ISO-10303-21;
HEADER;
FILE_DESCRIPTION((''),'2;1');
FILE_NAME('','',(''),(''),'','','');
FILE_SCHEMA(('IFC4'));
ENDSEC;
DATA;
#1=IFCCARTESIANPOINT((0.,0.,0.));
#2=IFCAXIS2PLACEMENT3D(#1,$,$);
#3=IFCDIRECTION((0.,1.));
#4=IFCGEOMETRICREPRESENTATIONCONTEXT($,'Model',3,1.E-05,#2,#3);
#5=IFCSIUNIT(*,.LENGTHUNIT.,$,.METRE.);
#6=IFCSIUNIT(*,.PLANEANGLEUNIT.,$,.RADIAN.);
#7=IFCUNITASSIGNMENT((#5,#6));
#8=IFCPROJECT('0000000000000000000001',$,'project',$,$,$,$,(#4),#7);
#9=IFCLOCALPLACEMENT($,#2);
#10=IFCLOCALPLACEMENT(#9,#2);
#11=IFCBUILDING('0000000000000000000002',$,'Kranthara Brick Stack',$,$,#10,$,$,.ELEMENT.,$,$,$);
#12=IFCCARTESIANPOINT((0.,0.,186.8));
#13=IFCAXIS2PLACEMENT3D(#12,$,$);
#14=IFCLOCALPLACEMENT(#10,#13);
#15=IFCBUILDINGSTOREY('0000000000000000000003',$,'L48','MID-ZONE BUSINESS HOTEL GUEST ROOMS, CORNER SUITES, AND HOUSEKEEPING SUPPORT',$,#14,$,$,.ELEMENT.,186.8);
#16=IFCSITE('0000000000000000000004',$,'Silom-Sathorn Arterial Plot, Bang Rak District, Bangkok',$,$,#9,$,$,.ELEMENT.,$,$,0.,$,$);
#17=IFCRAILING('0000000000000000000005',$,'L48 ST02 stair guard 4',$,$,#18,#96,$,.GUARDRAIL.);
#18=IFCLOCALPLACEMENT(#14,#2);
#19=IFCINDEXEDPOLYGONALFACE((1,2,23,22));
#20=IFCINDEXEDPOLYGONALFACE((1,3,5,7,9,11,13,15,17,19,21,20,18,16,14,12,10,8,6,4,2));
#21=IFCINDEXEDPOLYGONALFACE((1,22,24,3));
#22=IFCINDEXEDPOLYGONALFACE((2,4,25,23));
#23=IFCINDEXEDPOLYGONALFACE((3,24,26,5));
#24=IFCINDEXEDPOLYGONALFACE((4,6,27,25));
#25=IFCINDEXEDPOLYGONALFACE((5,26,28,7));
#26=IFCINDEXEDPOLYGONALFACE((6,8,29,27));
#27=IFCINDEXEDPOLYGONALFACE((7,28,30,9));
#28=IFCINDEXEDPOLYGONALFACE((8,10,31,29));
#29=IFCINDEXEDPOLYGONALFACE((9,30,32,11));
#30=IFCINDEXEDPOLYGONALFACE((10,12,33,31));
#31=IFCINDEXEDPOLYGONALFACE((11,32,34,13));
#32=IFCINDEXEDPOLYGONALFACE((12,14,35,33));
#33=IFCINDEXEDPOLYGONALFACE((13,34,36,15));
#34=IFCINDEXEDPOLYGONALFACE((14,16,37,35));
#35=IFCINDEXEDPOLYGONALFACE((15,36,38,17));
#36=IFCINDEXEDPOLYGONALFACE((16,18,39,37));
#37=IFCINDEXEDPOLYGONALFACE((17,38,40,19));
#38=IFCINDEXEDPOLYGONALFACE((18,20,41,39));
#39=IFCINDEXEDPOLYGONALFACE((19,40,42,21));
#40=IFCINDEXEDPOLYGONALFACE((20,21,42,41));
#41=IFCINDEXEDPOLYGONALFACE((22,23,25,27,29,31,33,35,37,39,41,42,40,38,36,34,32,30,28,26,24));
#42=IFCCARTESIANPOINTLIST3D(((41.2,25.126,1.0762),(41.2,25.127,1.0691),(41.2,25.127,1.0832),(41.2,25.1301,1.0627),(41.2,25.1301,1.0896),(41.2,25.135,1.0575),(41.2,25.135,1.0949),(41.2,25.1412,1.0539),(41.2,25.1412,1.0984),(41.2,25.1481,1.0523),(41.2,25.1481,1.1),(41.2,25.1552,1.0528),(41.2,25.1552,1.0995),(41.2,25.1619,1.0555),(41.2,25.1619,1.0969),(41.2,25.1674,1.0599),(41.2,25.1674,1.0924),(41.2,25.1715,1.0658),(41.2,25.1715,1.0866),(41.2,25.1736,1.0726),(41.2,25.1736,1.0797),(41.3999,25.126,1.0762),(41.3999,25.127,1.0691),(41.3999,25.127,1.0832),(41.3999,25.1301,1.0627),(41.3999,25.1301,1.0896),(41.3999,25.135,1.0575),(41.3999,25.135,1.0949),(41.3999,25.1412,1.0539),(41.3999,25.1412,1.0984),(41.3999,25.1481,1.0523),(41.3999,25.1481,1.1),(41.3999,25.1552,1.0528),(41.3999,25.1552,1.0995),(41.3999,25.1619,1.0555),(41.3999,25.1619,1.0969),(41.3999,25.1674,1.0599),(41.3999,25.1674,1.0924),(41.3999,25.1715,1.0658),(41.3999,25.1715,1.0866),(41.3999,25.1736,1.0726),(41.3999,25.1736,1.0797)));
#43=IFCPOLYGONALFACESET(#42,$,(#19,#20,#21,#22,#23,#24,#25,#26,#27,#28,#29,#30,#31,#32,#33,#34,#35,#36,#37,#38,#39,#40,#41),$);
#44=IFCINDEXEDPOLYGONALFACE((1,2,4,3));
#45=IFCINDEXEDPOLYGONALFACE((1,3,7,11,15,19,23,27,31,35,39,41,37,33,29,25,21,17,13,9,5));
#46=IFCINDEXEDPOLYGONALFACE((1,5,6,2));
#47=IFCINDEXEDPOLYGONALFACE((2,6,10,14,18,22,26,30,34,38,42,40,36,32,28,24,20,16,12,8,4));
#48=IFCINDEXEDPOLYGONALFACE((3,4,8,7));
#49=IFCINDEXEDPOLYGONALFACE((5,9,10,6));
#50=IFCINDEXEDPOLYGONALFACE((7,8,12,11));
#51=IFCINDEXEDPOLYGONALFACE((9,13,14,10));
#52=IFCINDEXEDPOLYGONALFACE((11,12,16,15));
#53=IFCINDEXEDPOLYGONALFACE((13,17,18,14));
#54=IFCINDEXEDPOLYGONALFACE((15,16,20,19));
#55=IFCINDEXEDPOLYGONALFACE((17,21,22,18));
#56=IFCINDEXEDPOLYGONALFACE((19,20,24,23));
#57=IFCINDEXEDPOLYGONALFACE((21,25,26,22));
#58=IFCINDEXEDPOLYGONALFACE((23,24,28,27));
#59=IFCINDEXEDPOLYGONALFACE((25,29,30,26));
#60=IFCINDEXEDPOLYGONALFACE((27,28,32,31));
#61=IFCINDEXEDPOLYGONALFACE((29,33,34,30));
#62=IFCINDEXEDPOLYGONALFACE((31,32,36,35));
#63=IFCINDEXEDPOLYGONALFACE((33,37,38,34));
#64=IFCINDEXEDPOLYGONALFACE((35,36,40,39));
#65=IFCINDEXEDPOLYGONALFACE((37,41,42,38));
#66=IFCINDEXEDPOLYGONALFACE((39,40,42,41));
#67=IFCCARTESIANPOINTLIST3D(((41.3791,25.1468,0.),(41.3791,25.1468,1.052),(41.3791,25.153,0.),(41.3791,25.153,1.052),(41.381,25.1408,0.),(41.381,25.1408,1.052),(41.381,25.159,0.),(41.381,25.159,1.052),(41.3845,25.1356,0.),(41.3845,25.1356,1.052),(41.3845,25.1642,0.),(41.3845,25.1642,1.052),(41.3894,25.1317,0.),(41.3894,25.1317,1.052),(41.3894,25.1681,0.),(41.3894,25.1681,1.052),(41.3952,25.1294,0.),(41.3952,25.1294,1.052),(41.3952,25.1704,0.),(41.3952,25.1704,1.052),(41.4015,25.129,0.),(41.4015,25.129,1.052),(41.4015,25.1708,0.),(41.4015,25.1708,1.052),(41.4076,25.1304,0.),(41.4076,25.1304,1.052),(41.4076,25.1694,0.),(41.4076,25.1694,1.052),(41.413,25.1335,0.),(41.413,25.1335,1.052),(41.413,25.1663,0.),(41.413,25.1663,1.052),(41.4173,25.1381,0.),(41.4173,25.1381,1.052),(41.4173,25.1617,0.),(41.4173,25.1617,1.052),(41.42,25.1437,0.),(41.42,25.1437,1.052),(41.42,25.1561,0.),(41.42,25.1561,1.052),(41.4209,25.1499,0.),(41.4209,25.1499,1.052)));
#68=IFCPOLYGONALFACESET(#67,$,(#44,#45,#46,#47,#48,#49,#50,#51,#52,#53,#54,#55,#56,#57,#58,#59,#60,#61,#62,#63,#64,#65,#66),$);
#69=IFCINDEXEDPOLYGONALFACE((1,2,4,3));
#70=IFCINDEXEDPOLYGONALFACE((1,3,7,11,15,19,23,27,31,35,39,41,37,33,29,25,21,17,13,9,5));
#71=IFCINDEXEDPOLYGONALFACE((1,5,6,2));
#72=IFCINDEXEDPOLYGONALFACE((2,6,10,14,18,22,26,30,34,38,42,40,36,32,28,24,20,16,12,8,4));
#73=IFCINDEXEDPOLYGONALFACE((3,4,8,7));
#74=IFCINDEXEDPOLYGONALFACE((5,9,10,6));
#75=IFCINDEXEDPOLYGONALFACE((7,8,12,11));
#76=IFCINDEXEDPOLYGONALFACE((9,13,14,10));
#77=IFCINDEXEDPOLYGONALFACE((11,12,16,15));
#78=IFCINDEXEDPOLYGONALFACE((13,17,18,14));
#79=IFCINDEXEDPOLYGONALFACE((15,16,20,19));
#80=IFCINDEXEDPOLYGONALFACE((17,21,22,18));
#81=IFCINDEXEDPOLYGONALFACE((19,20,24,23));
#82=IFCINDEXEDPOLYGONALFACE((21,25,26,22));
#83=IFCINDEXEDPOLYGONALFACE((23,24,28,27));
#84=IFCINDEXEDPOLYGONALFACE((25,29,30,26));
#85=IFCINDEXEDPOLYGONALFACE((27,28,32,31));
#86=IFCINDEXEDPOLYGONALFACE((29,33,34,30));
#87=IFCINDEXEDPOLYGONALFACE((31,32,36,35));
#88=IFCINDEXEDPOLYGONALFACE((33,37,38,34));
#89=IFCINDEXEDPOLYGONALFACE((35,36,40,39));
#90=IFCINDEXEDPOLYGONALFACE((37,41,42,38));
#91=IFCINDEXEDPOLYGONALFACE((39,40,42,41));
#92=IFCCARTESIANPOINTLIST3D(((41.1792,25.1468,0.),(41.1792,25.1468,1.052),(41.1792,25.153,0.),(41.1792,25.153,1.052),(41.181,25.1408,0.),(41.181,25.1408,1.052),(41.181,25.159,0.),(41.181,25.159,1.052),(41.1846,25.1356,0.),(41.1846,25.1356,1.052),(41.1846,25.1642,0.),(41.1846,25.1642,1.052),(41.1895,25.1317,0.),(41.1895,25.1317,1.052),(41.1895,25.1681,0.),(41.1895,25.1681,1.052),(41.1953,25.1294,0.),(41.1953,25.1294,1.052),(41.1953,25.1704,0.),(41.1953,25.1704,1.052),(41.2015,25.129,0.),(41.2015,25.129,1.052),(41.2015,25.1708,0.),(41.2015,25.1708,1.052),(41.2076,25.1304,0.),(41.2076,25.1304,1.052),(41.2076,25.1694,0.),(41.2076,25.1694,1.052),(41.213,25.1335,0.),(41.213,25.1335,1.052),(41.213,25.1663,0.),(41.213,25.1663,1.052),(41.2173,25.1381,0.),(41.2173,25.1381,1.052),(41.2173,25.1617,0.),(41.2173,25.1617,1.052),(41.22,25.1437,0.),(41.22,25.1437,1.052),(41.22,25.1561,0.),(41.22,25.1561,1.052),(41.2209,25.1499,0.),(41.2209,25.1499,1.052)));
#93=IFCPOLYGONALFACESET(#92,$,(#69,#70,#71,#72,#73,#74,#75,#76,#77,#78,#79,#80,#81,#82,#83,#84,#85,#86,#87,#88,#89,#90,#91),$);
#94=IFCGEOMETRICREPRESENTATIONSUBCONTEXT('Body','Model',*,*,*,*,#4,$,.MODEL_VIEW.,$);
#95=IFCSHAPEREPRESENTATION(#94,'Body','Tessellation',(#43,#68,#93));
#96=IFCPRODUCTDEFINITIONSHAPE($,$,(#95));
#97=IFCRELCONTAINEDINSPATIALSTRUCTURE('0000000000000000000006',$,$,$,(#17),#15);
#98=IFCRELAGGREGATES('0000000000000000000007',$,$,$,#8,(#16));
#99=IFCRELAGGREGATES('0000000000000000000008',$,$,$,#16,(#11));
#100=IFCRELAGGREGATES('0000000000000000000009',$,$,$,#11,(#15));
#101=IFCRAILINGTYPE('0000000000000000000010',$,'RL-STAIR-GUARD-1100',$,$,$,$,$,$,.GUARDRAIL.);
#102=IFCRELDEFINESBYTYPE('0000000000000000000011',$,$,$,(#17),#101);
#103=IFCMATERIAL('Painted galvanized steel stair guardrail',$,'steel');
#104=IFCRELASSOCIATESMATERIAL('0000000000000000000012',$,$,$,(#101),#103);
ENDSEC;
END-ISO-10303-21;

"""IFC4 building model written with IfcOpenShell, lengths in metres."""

from ifc_helpers import new_model, si_unit, direction, frame, origin, origin_2d, place, context, subcontext, project, spatial, circle, extrude, material, type_object, element, save


model = new_model("IFC4")

# Units and contexts
model_context = context("Model", 3, precision=1e-05, world=origin(), true_north=direction((0.0, 1.0)))
body_context = subcontext(model_context, "Body", "Model", "MODEL_VIEW")
ifc_project = project(units=[si_unit("LENGTHUNIT", "METRE"), si_unit("PLANEANGLEUNIT", "RADIAN")], contexts=[model_context])

# Site, building, storey
site_placement = place(None, origin())
site = spatial("IfcSite", under=ifc_project, at=site_placement, Name="Silom-Sathorn Arterial Plot, Bang Rak District, Bangkok", CompositionType="ELEMENT", RefElevation=0.0)
building_placement = place(site_placement, origin())
building = spatial("IfcBuilding", under=site, at=building_placement, Name="Kranthara Brick Stack", CompositionType="ELEMENT")
storey_placement = place(building_placement, frame((0.0, 0.0, 186.8)))
storey = spatial("IfcBuildingStorey", under=building, at=storey_placement, Name="L48", Description="MID-ZONE BUSINESS HOTEL GUEST ROOMS, CORNER SUITES, AND HOUSEKEEPING SUPPORT", CompositionType="ELEMENT", Elevation=186.8)

# Railing
ifc_material_1 = material(Name="Painted galvanized steel stair guardrail", Category="steel")
railing_type_1 = type_object("IfcRailingType", Name="RL-STAIR-GUARD-1100", PredefinedType="GUARDRAIL", material=ifc_material_1)
railing_1_placement = place(storey_placement, frame((41.3999, 25.1499, 0.0)))
element("IfcRailing", 1, at=railing_1_placement, inside=storey, type_object=railing_type_1, Name="L48 ST02 stair guard 4", PredefinedType="GUARDRAIL", context=body_context, shape_type="SweptSolid", body=[
    extrude(circle(Radius=0.0239, at=origin_2d()), frame((0.0, 0.0, 1.0762), z_axis=(-1.0, 0.0, 0.0), x_axis=(0.0, -1.0, 0.0)), (0.0, 0.0, 1.0), 0.2),
    extrude(circle(Radius=0.021, at=origin_2d()), origin(), (0.0, 0.0, 1.0), 1.052),
    extrude(circle(Radius=0.021, at=origin_2d()), frame((-0.2, 0.0, 0.0)), (0.0, 0.0, 1.0), 1.052),
])

save(model, "model.ifc")
